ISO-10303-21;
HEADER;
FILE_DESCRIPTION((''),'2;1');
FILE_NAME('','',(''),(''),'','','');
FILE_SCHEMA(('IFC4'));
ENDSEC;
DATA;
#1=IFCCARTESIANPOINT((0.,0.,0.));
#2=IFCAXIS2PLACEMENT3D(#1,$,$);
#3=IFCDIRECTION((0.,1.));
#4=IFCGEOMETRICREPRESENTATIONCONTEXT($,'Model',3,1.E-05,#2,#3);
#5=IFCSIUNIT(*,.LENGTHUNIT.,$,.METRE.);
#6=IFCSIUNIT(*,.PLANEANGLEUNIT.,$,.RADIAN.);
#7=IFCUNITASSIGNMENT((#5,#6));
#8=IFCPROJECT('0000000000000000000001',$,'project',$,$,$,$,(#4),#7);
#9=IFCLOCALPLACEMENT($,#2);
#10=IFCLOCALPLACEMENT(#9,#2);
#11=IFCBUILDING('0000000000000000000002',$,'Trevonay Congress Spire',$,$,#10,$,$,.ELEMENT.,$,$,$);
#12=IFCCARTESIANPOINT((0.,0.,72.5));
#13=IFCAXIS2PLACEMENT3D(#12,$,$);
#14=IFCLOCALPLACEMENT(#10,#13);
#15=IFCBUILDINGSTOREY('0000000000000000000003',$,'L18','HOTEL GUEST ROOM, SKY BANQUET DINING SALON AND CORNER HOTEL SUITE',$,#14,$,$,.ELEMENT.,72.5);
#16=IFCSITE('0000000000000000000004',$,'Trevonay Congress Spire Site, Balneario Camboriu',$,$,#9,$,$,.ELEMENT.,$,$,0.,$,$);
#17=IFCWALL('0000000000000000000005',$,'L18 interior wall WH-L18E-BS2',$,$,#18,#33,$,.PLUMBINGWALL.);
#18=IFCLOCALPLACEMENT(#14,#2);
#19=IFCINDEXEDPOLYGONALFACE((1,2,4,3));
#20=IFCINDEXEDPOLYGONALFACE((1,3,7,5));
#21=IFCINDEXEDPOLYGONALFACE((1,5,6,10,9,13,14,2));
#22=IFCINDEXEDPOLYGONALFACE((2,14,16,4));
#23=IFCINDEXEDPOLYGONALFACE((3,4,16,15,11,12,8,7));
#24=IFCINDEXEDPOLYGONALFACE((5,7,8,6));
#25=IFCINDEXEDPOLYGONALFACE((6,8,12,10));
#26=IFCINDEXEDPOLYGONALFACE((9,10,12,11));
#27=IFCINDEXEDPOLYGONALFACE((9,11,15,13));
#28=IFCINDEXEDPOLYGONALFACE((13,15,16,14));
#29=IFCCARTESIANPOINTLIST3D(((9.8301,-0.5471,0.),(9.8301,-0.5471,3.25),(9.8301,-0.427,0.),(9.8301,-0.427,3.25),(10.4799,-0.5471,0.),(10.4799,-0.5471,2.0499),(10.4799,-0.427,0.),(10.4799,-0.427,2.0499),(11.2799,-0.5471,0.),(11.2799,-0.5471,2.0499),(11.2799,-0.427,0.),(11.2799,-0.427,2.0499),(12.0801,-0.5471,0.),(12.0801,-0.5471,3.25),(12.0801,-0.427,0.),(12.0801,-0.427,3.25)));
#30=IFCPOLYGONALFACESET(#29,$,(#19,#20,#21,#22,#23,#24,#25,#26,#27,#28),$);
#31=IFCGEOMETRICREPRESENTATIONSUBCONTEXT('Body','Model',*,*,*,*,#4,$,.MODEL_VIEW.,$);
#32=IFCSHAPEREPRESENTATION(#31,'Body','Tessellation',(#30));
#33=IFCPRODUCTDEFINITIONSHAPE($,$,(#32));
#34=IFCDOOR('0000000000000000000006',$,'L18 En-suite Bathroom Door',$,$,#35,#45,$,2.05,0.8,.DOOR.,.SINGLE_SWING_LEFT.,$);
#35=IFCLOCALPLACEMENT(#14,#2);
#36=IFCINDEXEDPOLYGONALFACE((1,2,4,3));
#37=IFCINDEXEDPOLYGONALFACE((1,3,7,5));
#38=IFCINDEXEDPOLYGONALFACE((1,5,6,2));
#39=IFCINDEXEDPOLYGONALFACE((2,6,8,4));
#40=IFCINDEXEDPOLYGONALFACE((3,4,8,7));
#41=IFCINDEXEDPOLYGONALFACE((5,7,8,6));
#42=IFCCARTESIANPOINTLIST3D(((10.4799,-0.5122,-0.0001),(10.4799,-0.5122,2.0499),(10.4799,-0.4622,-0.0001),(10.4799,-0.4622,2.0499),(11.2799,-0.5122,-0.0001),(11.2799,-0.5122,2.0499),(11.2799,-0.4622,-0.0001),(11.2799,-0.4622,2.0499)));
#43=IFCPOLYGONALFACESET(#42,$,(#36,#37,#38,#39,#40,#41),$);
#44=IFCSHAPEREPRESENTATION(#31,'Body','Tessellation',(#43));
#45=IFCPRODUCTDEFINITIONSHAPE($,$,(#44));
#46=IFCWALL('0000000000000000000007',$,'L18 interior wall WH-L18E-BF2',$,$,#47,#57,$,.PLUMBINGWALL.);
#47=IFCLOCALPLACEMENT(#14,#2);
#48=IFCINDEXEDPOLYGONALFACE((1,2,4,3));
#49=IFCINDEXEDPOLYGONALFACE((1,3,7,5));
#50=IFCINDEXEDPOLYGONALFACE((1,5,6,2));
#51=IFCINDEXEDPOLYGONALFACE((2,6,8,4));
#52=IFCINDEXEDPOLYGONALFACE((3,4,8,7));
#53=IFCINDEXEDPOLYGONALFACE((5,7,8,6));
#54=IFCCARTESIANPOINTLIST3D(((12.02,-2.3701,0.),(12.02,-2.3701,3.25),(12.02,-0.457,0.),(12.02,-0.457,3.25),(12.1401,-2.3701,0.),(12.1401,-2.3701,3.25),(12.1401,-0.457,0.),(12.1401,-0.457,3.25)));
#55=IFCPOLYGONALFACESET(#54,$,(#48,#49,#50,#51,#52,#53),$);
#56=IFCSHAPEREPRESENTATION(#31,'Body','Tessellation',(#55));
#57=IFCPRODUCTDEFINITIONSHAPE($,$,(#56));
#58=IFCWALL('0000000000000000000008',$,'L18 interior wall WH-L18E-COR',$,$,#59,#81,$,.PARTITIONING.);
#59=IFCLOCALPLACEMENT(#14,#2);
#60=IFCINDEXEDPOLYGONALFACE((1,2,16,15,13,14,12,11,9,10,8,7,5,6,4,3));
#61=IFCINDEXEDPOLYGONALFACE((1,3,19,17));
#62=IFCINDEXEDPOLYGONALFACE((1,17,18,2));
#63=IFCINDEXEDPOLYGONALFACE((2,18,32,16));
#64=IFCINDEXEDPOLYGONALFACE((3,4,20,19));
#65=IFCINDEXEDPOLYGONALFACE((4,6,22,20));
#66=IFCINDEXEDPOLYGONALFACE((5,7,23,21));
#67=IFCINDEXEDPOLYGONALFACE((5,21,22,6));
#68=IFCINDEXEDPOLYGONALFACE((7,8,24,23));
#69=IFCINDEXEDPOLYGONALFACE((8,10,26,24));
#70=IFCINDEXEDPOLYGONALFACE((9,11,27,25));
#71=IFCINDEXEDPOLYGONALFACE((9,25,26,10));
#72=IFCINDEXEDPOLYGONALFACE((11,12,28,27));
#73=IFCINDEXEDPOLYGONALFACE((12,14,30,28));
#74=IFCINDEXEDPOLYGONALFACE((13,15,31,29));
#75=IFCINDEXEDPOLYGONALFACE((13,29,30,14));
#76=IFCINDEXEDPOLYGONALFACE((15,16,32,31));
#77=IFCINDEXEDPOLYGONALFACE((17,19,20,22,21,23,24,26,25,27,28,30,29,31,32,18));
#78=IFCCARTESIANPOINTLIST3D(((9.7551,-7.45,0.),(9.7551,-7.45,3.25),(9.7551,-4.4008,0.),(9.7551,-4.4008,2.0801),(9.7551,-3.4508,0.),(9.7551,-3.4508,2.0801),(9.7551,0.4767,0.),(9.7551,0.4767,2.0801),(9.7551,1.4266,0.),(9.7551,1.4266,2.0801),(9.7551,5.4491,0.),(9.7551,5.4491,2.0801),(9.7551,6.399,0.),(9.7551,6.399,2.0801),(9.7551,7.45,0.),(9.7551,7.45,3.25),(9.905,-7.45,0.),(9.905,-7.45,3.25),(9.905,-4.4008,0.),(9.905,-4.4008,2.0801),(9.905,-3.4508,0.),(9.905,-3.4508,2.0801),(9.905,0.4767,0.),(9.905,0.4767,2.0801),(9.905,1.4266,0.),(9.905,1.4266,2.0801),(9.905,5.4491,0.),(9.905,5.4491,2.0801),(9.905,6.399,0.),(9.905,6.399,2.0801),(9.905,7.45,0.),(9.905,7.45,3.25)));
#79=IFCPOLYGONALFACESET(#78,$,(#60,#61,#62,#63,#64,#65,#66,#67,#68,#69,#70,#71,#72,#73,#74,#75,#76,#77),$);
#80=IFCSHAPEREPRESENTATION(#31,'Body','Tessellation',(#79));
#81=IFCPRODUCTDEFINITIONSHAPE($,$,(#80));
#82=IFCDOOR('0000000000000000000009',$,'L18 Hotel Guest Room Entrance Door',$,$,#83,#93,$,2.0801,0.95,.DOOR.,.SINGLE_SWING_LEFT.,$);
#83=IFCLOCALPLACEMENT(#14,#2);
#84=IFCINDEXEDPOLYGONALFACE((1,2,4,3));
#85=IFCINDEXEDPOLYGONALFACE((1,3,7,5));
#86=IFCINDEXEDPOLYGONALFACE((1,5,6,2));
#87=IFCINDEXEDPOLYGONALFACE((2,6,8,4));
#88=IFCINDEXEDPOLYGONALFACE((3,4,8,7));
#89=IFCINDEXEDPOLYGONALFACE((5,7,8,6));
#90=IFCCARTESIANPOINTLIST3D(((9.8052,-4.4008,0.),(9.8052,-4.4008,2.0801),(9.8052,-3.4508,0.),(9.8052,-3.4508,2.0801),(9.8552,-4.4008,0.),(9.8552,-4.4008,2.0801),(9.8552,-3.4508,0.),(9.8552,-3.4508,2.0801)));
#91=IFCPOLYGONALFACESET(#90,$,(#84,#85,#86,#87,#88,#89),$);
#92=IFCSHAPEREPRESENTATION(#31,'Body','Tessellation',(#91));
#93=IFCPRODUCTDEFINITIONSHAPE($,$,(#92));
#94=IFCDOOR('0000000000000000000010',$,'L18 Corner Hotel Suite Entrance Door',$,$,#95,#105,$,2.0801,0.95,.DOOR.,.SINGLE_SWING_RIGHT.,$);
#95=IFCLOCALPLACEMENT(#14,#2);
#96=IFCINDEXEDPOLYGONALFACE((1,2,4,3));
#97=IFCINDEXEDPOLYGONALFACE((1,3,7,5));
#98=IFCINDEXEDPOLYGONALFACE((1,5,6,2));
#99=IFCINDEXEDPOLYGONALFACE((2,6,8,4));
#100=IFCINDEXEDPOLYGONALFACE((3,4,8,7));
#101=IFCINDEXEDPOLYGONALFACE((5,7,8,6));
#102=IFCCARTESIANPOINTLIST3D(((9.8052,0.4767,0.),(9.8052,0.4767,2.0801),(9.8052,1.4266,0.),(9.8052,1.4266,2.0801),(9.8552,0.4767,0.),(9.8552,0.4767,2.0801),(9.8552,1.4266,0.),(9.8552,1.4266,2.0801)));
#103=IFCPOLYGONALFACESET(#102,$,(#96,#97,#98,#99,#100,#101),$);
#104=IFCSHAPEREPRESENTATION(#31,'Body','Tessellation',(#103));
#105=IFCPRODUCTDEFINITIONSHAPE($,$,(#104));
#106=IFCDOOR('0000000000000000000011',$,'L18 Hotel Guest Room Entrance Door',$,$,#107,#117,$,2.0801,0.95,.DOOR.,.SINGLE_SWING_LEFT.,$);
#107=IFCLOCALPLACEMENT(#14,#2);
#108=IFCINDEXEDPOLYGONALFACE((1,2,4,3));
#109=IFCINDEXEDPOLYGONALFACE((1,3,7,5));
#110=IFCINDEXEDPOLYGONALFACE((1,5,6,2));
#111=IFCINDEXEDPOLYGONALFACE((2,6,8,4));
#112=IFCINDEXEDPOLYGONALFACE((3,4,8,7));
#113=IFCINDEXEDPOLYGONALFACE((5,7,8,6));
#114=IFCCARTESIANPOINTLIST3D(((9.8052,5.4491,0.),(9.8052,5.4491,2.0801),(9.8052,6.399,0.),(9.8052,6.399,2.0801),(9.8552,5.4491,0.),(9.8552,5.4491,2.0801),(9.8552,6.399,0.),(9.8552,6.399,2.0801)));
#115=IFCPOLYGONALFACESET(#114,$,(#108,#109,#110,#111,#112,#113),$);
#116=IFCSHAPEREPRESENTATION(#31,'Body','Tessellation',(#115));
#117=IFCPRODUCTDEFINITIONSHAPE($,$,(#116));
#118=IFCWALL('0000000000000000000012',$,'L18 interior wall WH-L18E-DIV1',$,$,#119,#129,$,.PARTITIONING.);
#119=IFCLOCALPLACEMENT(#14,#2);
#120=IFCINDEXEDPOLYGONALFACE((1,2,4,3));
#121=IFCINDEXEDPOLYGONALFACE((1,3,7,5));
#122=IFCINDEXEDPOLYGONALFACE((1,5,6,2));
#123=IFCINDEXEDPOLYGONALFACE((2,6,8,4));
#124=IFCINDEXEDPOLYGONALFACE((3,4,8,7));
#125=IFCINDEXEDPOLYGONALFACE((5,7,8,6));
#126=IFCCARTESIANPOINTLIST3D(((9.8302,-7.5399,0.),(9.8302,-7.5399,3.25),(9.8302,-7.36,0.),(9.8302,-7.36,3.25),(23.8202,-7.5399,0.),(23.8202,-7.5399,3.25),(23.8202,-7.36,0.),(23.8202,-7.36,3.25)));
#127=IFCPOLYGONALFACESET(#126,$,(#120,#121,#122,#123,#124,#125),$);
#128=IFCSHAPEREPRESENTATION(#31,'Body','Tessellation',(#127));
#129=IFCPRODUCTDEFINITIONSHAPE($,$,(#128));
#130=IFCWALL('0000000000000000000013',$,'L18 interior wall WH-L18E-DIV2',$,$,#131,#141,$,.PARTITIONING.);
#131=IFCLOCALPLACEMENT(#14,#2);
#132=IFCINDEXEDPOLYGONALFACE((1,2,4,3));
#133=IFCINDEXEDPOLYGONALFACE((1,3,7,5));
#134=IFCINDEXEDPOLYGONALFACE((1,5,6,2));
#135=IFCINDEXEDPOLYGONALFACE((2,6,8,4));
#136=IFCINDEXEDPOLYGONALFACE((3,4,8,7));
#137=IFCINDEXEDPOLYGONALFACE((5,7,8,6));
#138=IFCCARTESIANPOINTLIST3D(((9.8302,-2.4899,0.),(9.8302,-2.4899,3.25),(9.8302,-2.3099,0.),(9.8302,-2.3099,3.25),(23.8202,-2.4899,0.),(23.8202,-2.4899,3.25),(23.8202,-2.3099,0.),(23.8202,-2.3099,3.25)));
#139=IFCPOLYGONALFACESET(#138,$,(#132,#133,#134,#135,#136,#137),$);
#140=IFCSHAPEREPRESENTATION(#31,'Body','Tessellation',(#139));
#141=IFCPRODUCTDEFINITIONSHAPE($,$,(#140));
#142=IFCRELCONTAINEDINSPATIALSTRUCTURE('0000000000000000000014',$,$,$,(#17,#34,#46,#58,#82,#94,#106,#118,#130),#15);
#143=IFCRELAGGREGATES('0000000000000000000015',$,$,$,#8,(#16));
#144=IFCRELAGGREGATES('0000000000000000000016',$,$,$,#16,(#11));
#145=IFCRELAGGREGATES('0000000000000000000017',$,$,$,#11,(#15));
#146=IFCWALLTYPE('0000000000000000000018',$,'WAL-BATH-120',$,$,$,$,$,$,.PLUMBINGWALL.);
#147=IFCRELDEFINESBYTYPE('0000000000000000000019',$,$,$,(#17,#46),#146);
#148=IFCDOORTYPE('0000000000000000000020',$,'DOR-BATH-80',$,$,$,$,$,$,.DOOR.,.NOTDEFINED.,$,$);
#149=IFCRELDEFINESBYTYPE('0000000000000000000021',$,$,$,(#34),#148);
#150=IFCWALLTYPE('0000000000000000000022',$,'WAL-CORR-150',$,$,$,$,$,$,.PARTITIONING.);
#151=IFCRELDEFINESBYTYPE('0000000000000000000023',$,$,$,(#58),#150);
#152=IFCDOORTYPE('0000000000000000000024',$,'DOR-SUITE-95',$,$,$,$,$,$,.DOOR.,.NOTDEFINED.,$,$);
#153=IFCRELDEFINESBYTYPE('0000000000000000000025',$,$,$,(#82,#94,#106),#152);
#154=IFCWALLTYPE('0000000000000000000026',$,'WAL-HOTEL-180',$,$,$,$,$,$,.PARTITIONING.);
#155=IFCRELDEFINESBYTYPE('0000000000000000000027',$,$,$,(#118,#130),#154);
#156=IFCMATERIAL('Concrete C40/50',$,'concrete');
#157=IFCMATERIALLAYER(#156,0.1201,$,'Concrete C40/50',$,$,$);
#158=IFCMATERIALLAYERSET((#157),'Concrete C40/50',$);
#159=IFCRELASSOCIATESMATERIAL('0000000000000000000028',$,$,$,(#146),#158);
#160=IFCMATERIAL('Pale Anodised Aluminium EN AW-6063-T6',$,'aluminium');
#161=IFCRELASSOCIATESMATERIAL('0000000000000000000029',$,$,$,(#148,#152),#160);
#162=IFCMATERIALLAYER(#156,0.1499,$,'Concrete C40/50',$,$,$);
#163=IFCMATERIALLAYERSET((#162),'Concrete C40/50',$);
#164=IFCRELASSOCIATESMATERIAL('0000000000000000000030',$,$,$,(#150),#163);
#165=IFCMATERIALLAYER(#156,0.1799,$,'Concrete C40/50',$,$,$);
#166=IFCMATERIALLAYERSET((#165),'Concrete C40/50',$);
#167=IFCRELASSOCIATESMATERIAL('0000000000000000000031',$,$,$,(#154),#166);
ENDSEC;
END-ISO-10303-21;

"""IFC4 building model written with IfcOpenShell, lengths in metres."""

from ifc_helpers import new_model, si_unit, direction, frame, frame_2d, origin, place, context, subcontext, project, spatial, rectangle, extrude, material, layer, layer_set, type_object, element, fill, save


model = new_model("IFC4")

# Units and contexts
model_context = context("Model", 3, precision=1e-05, world=origin(), true_north=direction((0.0, 1.0)))
body_context = subcontext(model_context, "Body", "Model", "MODEL_VIEW")
ifc_project = project(units=[si_unit("LENGTHUNIT", "METRE"), si_unit("PLANEANGLEUNIT", "RADIAN")], contexts=[model_context])

# Site, building, storey
site_placement = place(None, origin())
site = spatial("IfcSite", under=ifc_project, at=site_placement, Name="Trevonay Congress Spire Site, Balneario Camboriu", CompositionType="ELEMENT", RefElevation=0.0)
building_placement = place(site_placement, origin())
building = spatial("IfcBuilding", under=site, at=building_placement, Name="Trevonay Congress Spire", CompositionType="ELEMENT")
storey_placement = place(building_placement, frame((0.0, 0.0, 72.5)))
storey = spatial("IfcBuildingStorey", under=building, at=storey_placement, Name="L18", Description="HOTEL GUEST ROOM, SKY BANQUET DINING SALON AND CORNER HOTEL SUITE", CompositionType="ELEMENT", Elevation=72.5)

# Shared definitions
ifc_material_1 = material(Name="Pale Anodised Aluminium EN AW-6063-T6", Category="aluminium")

# Shared definitions
ifc_material_2 = material(Name="Concrete C40/50", Category="concrete")
ifc_layer_1 = layer(ifc_material_2, 0.1201, Name="Concrete C40/50")
ifc_layer_set_1 = layer_set([ifc_layer_1], Name="Concrete C40/50")
wall_type_1 = type_object("IfcWallType", Name="WAL-BATH-120", PredefinedType="PLUMBINGWALL", material=ifc_layer_set_1)
door_type_1 = type_object("IfcDoorType", Name="DOR-BATH-80", OperationType="NOTDEFINED", PredefinedType="DOOR", material=ifc_material_1)

# Wall, opening, door
wall_1_placement = place(storey_placement, frame((9.8301, -0.4871, 0.0), z_axis=(0.0, 0.0, 1.0), x_axis=(1.0, 0.0, 0.0)))
wall_1 = element("IfcWall", 1, at=wall_1_placement, inside=storey, type_object=wall_type_1, Name="L18 interior wall WH-L18E-BS2", PredefinedType="PLUMBINGWALL", context=body_context, shape_type="SweptSolid", body=[
    extrude(rectangle(XDim=2.25, YDim=0.1201, at=frame_2d((1.125, 0.0))), origin(), (0.0, 0.0, 1.0), 3.25),
])
opening_1_placement = place(wall_1_placement, frame((0.6499, 0.0, 0.0)))
opening_1 = element("IfcOpeningElement", 2, at=opening_1_placement, cuts=wall_1, PredefinedType="OPENING", context=body_context, shape_type="SweptSolid", body=[
    extrude(rectangle(XDim=0.8, YDim=2.05, at=frame_2d((0.3999, 1.0249))), frame((0.0, 0.0701, 0.0), z_axis=(0.0, -1.0, 0.0), x_axis=(1.0, 0.0, 0.0)), (0.0, 0.0, 1.0), 0.1401),
])
door_1_placement = place(opening_1_placement, origin())
door_1 = element("IfcDoor", 3, at=door_1_placement, inside=storey, type_object=door_type_1, Name="L18 En-suite Bathroom Door", OperationType="SINGLE_SWING_LEFT", OverallHeight=2.05, OverallWidth=0.8, PredefinedType="DOOR", context=body_context, shape_type="SweptSolid", body=[
    extrude(rectangle(XDim=0.8, YDim=2.05, at=frame_2d((0.3999, 1.0249))), frame((0.0, 0.0249, 0.0), z_axis=(0.0, -1.0, 0.0), x_axis=(1.0, 0.0, 0.0)), (0.0, 0.0, 1.0), 0.05),
])
fill(opening_1, door_1)

# Wall
wall_2_placement = place(storey_placement, frame((12.0801, -2.3701, 0.0), z_axis=(0.0, 0.0, 1.0), x_axis=(0.0, 1.0, 0.0)))
element("IfcWall", 4, at=wall_2_placement, inside=storey, type_object=wall_type_1, Name="L18 interior wall WH-L18E-BF2", PredefinedType="PLUMBINGWALL", context=body_context, shape_type="SweptSolid", body=[
    extrude(rectangle(XDim=1.9131, YDim=0.1201, at=frame_2d((0.9565, 0.0))), origin(), (0.0, 0.0, 1.0), 3.25),
])

# Wall, openings, doors
ifc_layer_2 = layer(ifc_material_2, 0.1499, Name="Concrete C40/50")
ifc_layer_set_2 = layer_set([ifc_layer_2], Name="Concrete C40/50")
wall_type_2 = type_object("IfcWallType", Name="WAL-CORR-150", PredefinedType="PARTITIONING", material=ifc_layer_set_2)
wall_3_placement = place(storey_placement, frame((9.8301, -7.45, 0.0), z_axis=(0.0, 0.0, 1.0), x_axis=(0.0, 1.0, 0.0)))
wall_3 = element("IfcWall", 5, at=wall_3_placement, inside=storey, type_object=wall_type_2, Name="L18 interior wall WH-L18E-COR", PredefinedType="PARTITIONING", context=body_context, shape_type="SweptSolid", body=[
    extrude(rectangle(XDim=14.8999, YDim=0.1499, at=frame_2d((7.45, 0.0))), origin(), (0.0, 0.0, 1.0), 3.25),
])
opening_2_placement = place(wall_3_placement, frame((3.0491, 0.0, 0.0)))
opening_2 = element("IfcOpeningElement", 6, at=opening_2_placement, cuts=wall_3, PredefinedType="OPENING", context=body_context, shape_type="SweptSolid", body=[
    extrude(rectangle(XDim=0.95, YDim=2.0801, at=frame_2d((0.4751, 1.04))), frame((0.0, 0.085, 0.0), z_axis=(0.0, -1.0, 0.0), x_axis=(1.0, 0.0, 0.0)), (0.0, 0.0, 1.0), 0.1699),
])
opening_3_placement = place(wall_3_placement, frame((7.9265, 0.0, 0.0)))
opening_3 = element("IfcOpeningElement", 7, at=opening_3_placement, cuts=wall_3, PredefinedType="OPENING", context=body_context, shape_type="SweptSolid", body=[
    extrude(rectangle(XDim=0.95, YDim=2.0801, at=frame_2d((0.4751, 1.04))), frame((0.0, 0.085, 0.0), z_axis=(0.0, -1.0, 0.0), x_axis=(1.0, 0.0, 0.0)), (0.0, 0.0, 1.0), 0.1699),
])
opening_4_placement = place(wall_3_placement, frame((12.8989, 0.0, 0.0)))
opening_4 = element("IfcOpeningElement", 8, at=opening_4_placement, cuts=wall_3, PredefinedType="OPENING", context=body_context, shape_type="SweptSolid", body=[
    extrude(rectangle(XDim=0.95, YDim=2.0801, at=frame_2d((0.4751, 1.04))), frame((0.0, 0.085, 0.0), z_axis=(0.0, -1.0, 0.0), x_axis=(1.0, 0.0, 0.0)), (0.0, 0.0, 1.0), 0.1699),
])
door_type_2 = type_object("IfcDoorType", Name="DOR-SUITE-95", OperationType="NOTDEFINED", PredefinedType="DOOR", material=ifc_material_1)
door_2_placement = place(opening_2_placement, origin())
door_2 = element("IfcDoor", 9, at=door_2_placement, inside=storey, type_object=door_type_2, Name="L18 Hotel Guest Room Entrance Door", OperationType="SINGLE_SWING_LEFT", OverallHeight=2.0801, OverallWidth=0.95, PredefinedType="DOOR", context=body_context, shape_type="SweptSolid", body=[
    extrude(rectangle(XDim=0.95, YDim=2.0801, at=frame_2d((0.4751, 1.04))), frame((0.0, 0.0249, 0.0), z_axis=(0.0, -1.0, 0.0), x_axis=(1.0, 0.0, 0.0)), (0.0, 0.0, 1.0), 0.05),
])
fill(opening_2, door_2)
door_3_placement = place(opening_3_placement, origin())
door_3 = element("IfcDoor", 10, at=door_3_placement, inside=storey, type_object=door_type_2, Name="L18 Corner Hotel Suite Entrance Door", OperationType="SINGLE_SWING_RIGHT", OverallHeight=2.0801, OverallWidth=0.95, PredefinedType="DOOR", context=body_context, shape_type="SweptSolid", body=[
    extrude(rectangle(XDim=0.95, YDim=2.0801, at=frame_2d((0.4751, 1.04))), frame((0.0, 0.0249, 0.0), z_axis=(0.0, -1.0, 0.0), x_axis=(1.0, 0.0, 0.0)), (0.0, 0.0, 1.0), 0.05),
])
fill(opening_3, door_3)
door_4_placement = place(opening_4_placement, origin())
door_4 = element("IfcDoor", 11, at=door_4_placement, inside=storey, type_object=door_type_2, Name="L18 Hotel Guest Room Entrance Door", OperationType="SINGLE_SWING_LEFT", OverallHeight=2.0801, OverallWidth=0.95, PredefinedType="DOOR", context=body_context, shape_type="SweptSolid", body=[
    extrude(rectangle(XDim=0.95, YDim=2.0801, at=frame_2d((0.4751, 1.04))), frame((0.0, 0.0249, 0.0), z_axis=(0.0, -1.0, 0.0), x_axis=(1.0, 0.0, 0.0)), (0.0, 0.0, 1.0), 0.05),
])
fill(opening_4, door_4)

# Walls
ifc_layer_3 = layer(ifc_material_2, 0.1799, Name="Concrete C40/50")
ifc_layer_set_3 = layer_set([ifc_layer_3], Name="Concrete C40/50")
wall_type_3 = type_object("IfcWallType", Name="WAL-HOTEL-180", PredefinedType="PARTITIONING", material=ifc_layer_set_3)
for number, where, z_axis, x_axis, name in (
    (12, (9.8301, -7.45, 0.0), (0.0, 0.0, 1.0), (1.0, 0.0, 0.0), "L18 interior wall WH-L18E-DIV1"),
    (13, (9.8301, -2.3999, 0.0), (0.0, 0.0, 1.0), (1.0, 0.0, 0.0), "L18 interior wall WH-L18E-DIV2"),
):
    element("IfcWall", number, at=place(storey_placement, frame(where, z_axis=z_axis, x_axis=x_axis)), inside=storey, type_object=wall_type_3, Name=name, PredefinedType="PARTITIONING", context=body_context, shape_type="SweptSolid", body=[
        extrude(rectangle(XDim=13.99, YDim=0.1799, at=frame_2d((6.9951, 0.0))), origin(), (0.0, 0.0, 1.0), 3.25),
    ])

save(model, "model.ifc")
